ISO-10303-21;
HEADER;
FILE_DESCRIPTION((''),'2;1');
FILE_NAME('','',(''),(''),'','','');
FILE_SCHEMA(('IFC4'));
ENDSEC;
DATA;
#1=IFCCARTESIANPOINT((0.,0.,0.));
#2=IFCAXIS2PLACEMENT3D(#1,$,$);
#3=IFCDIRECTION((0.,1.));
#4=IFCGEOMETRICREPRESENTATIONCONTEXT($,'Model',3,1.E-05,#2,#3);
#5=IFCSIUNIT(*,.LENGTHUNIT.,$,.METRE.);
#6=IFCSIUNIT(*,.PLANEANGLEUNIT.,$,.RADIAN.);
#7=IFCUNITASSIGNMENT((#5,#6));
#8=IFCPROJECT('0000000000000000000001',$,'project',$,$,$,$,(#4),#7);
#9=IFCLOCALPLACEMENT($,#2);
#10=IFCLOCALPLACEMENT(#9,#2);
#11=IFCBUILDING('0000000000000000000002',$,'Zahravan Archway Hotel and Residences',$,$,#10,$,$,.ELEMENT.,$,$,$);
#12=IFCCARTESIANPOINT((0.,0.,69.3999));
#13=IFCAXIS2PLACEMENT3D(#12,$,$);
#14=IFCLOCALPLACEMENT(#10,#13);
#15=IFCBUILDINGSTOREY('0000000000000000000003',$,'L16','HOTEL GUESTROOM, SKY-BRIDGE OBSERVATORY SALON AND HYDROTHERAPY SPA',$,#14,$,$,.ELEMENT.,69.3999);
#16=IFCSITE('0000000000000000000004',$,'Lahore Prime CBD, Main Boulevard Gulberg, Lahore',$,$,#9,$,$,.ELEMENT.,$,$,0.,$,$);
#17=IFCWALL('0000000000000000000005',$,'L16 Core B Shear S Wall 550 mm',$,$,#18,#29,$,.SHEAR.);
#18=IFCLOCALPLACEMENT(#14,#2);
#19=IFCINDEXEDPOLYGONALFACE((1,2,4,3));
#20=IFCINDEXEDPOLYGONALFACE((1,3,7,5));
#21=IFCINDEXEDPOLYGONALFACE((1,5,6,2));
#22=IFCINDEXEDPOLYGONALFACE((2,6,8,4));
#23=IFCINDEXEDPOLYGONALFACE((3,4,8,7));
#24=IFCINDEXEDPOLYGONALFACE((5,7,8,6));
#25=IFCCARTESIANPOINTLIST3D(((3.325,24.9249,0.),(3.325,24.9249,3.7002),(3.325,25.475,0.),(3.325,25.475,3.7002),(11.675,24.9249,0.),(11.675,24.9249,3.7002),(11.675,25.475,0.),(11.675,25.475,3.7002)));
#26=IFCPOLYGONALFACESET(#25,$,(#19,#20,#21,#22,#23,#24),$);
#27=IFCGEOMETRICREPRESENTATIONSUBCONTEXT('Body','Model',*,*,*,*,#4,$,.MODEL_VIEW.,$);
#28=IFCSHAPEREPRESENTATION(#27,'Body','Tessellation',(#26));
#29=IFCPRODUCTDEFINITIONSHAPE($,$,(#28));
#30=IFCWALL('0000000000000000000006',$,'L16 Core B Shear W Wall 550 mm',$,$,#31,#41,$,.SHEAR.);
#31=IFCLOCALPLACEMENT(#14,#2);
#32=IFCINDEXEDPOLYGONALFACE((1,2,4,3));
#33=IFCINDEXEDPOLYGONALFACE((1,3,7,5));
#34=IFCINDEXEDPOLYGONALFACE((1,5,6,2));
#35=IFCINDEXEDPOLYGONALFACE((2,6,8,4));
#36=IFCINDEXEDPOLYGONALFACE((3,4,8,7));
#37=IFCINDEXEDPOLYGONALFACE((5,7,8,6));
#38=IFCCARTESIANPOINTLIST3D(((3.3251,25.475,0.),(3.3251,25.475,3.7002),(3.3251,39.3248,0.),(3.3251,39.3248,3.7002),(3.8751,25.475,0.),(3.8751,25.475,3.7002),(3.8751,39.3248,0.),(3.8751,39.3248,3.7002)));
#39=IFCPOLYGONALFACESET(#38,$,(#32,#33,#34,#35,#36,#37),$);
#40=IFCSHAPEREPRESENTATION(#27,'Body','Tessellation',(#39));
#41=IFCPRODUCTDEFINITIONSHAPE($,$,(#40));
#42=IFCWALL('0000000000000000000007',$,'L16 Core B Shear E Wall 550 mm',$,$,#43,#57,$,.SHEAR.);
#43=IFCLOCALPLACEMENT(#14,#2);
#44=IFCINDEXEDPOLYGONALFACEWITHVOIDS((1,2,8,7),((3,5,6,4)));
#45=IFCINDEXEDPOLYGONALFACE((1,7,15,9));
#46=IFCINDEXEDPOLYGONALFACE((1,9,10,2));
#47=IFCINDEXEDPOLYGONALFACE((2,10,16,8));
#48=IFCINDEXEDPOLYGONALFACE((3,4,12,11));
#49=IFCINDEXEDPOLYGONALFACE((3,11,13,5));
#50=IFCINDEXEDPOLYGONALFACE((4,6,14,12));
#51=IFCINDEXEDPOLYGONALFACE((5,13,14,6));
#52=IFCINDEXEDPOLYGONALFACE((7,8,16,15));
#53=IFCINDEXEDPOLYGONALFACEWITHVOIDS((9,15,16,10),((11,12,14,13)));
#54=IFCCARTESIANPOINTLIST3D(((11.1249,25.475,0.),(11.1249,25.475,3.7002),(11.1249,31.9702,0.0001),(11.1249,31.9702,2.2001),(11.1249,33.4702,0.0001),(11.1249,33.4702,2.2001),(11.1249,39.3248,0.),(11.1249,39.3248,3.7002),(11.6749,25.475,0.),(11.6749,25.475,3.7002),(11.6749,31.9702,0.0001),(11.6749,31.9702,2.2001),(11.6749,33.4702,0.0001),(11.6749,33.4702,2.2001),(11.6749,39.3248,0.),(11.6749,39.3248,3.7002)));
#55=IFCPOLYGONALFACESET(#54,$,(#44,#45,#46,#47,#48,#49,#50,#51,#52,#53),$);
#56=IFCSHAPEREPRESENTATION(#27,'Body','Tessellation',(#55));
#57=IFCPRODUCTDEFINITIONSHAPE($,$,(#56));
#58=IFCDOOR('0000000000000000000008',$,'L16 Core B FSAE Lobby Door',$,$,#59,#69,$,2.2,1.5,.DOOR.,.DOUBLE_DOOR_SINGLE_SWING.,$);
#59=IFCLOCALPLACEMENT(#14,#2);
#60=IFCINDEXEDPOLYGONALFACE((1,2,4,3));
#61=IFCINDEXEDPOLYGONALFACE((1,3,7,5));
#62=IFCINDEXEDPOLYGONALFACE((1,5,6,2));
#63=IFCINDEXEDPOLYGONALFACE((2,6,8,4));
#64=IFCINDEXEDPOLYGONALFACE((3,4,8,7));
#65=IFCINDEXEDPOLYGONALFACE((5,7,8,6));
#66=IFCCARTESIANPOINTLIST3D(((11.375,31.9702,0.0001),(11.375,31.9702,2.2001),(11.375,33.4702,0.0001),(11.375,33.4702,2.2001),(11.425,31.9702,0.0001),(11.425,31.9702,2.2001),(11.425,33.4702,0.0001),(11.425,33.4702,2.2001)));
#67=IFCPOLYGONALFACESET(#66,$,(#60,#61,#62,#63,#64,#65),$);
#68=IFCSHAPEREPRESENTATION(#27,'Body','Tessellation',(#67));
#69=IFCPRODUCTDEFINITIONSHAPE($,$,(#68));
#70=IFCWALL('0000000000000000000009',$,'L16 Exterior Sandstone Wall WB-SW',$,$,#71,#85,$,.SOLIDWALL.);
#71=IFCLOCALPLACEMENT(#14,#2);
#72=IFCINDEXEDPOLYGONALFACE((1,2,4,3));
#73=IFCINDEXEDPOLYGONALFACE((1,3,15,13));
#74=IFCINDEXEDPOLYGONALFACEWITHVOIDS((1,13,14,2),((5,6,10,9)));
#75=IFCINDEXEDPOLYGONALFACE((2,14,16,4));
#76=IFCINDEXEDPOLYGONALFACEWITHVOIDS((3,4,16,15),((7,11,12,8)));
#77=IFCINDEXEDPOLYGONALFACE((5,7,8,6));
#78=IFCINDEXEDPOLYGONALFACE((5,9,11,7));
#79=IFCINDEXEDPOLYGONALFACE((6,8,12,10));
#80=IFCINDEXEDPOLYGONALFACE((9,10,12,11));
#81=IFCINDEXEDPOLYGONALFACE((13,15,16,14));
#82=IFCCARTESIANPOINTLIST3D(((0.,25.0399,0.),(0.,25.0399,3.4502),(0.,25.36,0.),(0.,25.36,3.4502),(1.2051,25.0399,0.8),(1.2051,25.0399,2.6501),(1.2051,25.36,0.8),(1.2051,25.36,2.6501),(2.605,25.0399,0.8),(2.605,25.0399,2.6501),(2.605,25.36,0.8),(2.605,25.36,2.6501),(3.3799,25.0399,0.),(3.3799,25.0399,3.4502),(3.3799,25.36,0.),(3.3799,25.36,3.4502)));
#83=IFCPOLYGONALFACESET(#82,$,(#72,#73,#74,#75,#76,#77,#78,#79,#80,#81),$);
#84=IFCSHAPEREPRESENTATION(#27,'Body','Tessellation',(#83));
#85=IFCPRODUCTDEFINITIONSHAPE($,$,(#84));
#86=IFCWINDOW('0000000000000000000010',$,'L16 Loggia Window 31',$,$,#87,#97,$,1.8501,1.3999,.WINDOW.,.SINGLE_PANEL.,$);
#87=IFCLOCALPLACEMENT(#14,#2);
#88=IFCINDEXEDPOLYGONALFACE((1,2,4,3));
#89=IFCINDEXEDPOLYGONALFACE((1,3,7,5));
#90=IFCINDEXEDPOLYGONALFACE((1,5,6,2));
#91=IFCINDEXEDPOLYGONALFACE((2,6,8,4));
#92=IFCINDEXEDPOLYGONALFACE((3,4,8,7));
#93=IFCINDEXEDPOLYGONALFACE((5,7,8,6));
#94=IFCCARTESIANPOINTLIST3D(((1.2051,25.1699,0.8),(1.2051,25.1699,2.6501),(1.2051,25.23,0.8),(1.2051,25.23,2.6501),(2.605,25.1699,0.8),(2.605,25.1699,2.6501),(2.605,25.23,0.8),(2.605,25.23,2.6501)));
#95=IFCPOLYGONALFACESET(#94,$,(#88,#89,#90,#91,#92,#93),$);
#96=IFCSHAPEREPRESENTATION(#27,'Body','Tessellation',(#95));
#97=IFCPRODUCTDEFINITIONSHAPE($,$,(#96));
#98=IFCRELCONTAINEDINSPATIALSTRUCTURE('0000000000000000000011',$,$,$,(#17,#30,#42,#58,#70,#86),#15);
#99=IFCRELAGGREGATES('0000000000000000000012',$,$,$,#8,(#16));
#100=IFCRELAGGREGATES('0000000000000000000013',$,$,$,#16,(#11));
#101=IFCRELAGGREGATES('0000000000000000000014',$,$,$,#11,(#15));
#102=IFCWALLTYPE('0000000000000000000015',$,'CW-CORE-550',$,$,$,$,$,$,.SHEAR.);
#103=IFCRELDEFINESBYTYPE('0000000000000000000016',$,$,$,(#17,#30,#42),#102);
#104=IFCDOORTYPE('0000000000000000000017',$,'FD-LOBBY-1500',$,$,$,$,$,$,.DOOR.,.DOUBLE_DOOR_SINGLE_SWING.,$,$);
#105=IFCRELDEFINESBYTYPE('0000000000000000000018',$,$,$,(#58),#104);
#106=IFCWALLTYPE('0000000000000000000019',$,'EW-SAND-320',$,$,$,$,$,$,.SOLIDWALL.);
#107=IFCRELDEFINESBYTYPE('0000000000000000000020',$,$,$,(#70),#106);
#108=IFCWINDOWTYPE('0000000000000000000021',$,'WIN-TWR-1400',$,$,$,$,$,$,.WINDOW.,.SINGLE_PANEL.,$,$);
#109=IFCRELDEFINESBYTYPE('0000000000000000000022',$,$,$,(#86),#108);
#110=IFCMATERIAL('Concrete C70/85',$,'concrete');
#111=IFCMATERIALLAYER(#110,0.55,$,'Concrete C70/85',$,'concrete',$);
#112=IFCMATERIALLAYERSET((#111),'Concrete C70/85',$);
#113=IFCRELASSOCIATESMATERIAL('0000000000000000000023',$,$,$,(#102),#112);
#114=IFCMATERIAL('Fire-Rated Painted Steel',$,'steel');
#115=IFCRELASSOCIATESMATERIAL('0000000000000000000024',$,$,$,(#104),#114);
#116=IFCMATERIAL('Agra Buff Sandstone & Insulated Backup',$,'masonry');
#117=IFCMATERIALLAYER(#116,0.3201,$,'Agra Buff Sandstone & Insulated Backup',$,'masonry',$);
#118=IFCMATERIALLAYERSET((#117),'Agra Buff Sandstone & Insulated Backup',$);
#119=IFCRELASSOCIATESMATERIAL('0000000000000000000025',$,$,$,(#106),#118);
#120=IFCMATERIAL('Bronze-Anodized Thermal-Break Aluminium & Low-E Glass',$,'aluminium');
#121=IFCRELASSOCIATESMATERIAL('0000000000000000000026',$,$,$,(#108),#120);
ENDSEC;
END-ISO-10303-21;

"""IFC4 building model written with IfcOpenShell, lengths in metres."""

from ifc_helpers import new_model, si_unit, direction, frame, frame_2d, origin, place, context, subcontext, project, spatial, rectangle, extrude, source, transform, mapped, material, layer, layer_set, type_object, type_shapes, element, fill, save


model = new_model("IFC4")

# Units and contexts
model_context = context("Model", 3, precision=1e-05, world=origin(), true_north=direction((0.0, 1.0)))
body_context = subcontext(model_context, "Body", "Model", "MODEL_VIEW")
ifc_project = project(units=[si_unit("LENGTHUNIT", "METRE"), si_unit("PLANEANGLEUNIT", "RADIAN")], contexts=[model_context])

# Site, building, storey
site_placement = place(None, origin())
site = spatial("IfcSite", under=ifc_project, at=site_placement, Name="Lahore Prime CBD, Main Boulevard Gulberg, Lahore", CompositionType="ELEMENT", RefElevation=0.0)
building_placement = place(site_placement, origin())
building = spatial("IfcBuilding", under=site, at=building_placement, Name="Zahravan Archway Hotel and Residences", CompositionType="ELEMENT")
storey_placement = place(building_placement, frame((0.0, 0.0, 69.3999)))
storey = spatial("IfcBuildingStorey", under=building, at=storey_placement, Name="L16", Description="HOTEL GUESTROOM, SKY-BRIDGE OBSERVATORY SALON AND HYDROTHERAPY SPA", CompositionType="ELEMENT", Elevation=69.3999)

# Shared definitions
ifc_material_1 = material(Name="Concrete C70/85", Category="concrete")

# Walls
ifc_layer_1 = layer(ifc_material_1, 0.55, Name="Concrete C70/85", Category="concrete")
ifc_layer_set_1 = layer_set([ifc_layer_1], Name="Concrete C70/85")
wall_type_1 = type_object("IfcWallType", Name="CW-CORE-550", PredefinedType="SHEAR", material=ifc_layer_set_1)
wall_1_placement = place(storey_placement, frame((3.325, 25.2, 0.0), z_axis=(0.0, 0.0, 1.0), x_axis=(1.0, 0.0, 0.0)))
element("IfcWall", 1, at=wall_1_placement, inside=storey, type_object=wall_type_1, Name="L16 Core B Shear S Wall 550 mm", PredefinedType="SHEAR", context=body_context, shape_type="SweptSolid", body=[
    extrude(rectangle(XDim=8.3501, YDim=0.55, at=frame_2d((4.175, 0.0))), origin(), (0.0, 0.0, 1.0), 3.7002),
])
wall_2_placement = place(storey_placement, frame((3.6001, 25.4751, 0.0), z_axis=(0.0, 0.0, 1.0), x_axis=(0.0, 1.0, 0.0)))
element("IfcWall", 2, at=wall_2_placement, inside=storey, type_object=wall_type_1, Name="L16 Core B Shear W Wall 550 mm", PredefinedType="SHEAR", context=body_context, shape_type="SweptSolid", body=[
    extrude(rectangle(XDim=13.8499, YDim=0.55, at=frame_2d((6.9248, 0.0))), origin(), (0.0, 0.0, 1.0), 3.7002),
])

# Wall, opening, door
wall_3_placement = place(storey_placement, frame((11.3999, 25.4751, 0.0), z_axis=(0.0, 0.0, 1.0), x_axis=(0.0, 1.0, 0.0)))
wall_3 = element("IfcWall", 3, at=wall_3_placement, inside=storey, type_object=wall_type_1, Name="L16 Core B Shear E Wall 550 mm", PredefinedType="SHEAR", context=body_context, shape_type="SweptSolid", body=[
    extrude(rectangle(XDim=13.8499, YDim=0.55, at=frame_2d((6.9248, 0.0))), origin(), (0.0, 0.0, 1.0), 3.7002),
])
opening_1_placement = place(wall_3_placement, frame((6.4951, 0.0, 0.0)))
opening_1 = element("IfcOpeningElement", 4, at=opening_1_placement, cuts=wall_3, PredefinedType="OPENING", context=body_context, shape_type="SweptSolid", body=[
    extrude(rectangle(XDim=1.5, YDim=2.2, at=frame_2d((0.75, 1.1001))), frame((0.0, 0.2852, 0.0), z_axis=(0.0, -1.0, 0.0), x_axis=(1.0, 0.0, 0.0)), (0.0, 0.0, 1.0), 0.5701),
])
ifc_material_2 = material(Name="Fire-Rated Painted Steel", Category="steel")
door_type_1 = type_object("IfcDoorType", Name="FD-LOBBY-1500", OperationType="DOUBLE_DOOR_SINGLE_SWING", PredefinedType="DOOR", material=ifc_material_2)
shared_shape_1 = source(origin(), body_context, "Body", "SweptSolid", [
    extrude(rectangle(XDim=1.5, YDim=2.2, at=frame_2d((0.75, 1.1001))), frame((0.0, 0.0249, 0.0), z_axis=(0.0, -1.0, 0.0), x_axis=(1.0, 0.0, 0.0)), (0.0, 0.0, 1.0), 0.05),
])
type_shapes(door_type_1, [shared_shape_1])
door_1_placement = place(opening_1_placement, origin())
door_1 = element("IfcDoor", 5, at=door_1_placement, inside=storey, type_object=door_type_1, Name="L16 Core B FSAE Lobby Door", OperationType="DOUBLE_DOOR_SINGLE_SWING", OverallHeight=2.2, OverallWidth=1.5, PredefinedType="DOOR", context=body_context, shape_type="MappedRepresentation", body=[
    mapped(shared_shape_1, transform((0.0, 0.0, 0.0), scale=1.0)),
])
fill(opening_1, door_1)

# Wall, opening, window
ifc_material_3 = material(Name="Agra Buff Sandstone & Insulated Backup", Category="masonry")
ifc_layer_2 = layer(ifc_material_3, 0.3201, Name="Agra Buff Sandstone & Insulated Backup", Category="masonry")
ifc_layer_set_2 = layer_set([ifc_layer_2], Name="Agra Buff Sandstone & Insulated Backup")
wall_type_2 = type_object("IfcWallType", Name="EW-SAND-320", PredefinedType="SOLIDWALL", material=ifc_layer_set_2)
wall_4_placement = place(storey_placement, frame((0.0, 25.2, 0.0), z_axis=(0.0, 0.0, 1.0), x_axis=(1.0, 0.0, 0.0)))
wall_4 = element("IfcWall", 6, at=wall_4_placement, inside=storey, type_object=wall_type_2, Name="L16 Exterior Sandstone Wall WB-SW", PredefinedType="SOLIDWALL", context=body_context, shape_type="SweptSolid", body=[
    extrude(rectangle(XDim=3.3799, YDim=0.3201, at=frame_2d((1.6899, 0.0))), origin(), (0.0, 0.0, 1.0), 3.4502),
])
opening_2_placement = place(wall_4_placement, frame((1.2051, 0.0, 0.8)))
opening_2 = element("IfcOpeningElement", 7, at=opening_2_placement, cuts=wall_4, PredefinedType="OPENING", context=body_context, shape_type="SweptSolid", body=[
    extrude(rectangle(XDim=1.3999, YDim=1.8501, at=frame_2d((0.7, 0.925))), frame((0.0, 0.1699, 0.0), z_axis=(0.0, -1.0, 0.0), x_axis=(1.0, 0.0, 0.0)), (0.0, 0.0, 1.0), 0.3401),
])
ifc_material_4 = material(Name="Bronze-Anodized Thermal-Break Aluminium & Low-E Glass", Category="aluminium")
window_type_1 = type_object("IfcWindowType", Name="WIN-TWR-1400", PartitioningType="SINGLE_PANEL", PredefinedType="WINDOW", material=ifc_material_4)
shared_shape_2 = source(origin(), body_context, "Body", "SweptSolid", [
    extrude(rectangle(XDim=1.3999, YDim=1.8501, at=frame_2d((0.7, 0.925))), frame((0.0, 0.03, 0.0), z_axis=(0.0, -1.0, 0.0), x_axis=(1.0, 0.0, 0.0)), (0.0, 0.0, 1.0), 0.0601),
])
type_shapes(window_type_1, [shared_shape_2])
window_1_placement = place(opening_2_placement, origin())
window_1 = element("IfcWindow", 8, at=window_1_placement, inside=storey, type_object=window_type_1, Name="L16 Loggia Window 31", OverallHeight=1.8501, OverallWidth=1.3999, PartitioningType="SINGLE_PANEL", PredefinedType="WINDOW", context=body_context, shape_type="MappedRepresentation", body=[
    mapped(shared_shape_2, transform((0.0, 0.0, 0.0), scale=1.0)),
])
fill(opening_2, window_1)

save(model, "model.ifc")
